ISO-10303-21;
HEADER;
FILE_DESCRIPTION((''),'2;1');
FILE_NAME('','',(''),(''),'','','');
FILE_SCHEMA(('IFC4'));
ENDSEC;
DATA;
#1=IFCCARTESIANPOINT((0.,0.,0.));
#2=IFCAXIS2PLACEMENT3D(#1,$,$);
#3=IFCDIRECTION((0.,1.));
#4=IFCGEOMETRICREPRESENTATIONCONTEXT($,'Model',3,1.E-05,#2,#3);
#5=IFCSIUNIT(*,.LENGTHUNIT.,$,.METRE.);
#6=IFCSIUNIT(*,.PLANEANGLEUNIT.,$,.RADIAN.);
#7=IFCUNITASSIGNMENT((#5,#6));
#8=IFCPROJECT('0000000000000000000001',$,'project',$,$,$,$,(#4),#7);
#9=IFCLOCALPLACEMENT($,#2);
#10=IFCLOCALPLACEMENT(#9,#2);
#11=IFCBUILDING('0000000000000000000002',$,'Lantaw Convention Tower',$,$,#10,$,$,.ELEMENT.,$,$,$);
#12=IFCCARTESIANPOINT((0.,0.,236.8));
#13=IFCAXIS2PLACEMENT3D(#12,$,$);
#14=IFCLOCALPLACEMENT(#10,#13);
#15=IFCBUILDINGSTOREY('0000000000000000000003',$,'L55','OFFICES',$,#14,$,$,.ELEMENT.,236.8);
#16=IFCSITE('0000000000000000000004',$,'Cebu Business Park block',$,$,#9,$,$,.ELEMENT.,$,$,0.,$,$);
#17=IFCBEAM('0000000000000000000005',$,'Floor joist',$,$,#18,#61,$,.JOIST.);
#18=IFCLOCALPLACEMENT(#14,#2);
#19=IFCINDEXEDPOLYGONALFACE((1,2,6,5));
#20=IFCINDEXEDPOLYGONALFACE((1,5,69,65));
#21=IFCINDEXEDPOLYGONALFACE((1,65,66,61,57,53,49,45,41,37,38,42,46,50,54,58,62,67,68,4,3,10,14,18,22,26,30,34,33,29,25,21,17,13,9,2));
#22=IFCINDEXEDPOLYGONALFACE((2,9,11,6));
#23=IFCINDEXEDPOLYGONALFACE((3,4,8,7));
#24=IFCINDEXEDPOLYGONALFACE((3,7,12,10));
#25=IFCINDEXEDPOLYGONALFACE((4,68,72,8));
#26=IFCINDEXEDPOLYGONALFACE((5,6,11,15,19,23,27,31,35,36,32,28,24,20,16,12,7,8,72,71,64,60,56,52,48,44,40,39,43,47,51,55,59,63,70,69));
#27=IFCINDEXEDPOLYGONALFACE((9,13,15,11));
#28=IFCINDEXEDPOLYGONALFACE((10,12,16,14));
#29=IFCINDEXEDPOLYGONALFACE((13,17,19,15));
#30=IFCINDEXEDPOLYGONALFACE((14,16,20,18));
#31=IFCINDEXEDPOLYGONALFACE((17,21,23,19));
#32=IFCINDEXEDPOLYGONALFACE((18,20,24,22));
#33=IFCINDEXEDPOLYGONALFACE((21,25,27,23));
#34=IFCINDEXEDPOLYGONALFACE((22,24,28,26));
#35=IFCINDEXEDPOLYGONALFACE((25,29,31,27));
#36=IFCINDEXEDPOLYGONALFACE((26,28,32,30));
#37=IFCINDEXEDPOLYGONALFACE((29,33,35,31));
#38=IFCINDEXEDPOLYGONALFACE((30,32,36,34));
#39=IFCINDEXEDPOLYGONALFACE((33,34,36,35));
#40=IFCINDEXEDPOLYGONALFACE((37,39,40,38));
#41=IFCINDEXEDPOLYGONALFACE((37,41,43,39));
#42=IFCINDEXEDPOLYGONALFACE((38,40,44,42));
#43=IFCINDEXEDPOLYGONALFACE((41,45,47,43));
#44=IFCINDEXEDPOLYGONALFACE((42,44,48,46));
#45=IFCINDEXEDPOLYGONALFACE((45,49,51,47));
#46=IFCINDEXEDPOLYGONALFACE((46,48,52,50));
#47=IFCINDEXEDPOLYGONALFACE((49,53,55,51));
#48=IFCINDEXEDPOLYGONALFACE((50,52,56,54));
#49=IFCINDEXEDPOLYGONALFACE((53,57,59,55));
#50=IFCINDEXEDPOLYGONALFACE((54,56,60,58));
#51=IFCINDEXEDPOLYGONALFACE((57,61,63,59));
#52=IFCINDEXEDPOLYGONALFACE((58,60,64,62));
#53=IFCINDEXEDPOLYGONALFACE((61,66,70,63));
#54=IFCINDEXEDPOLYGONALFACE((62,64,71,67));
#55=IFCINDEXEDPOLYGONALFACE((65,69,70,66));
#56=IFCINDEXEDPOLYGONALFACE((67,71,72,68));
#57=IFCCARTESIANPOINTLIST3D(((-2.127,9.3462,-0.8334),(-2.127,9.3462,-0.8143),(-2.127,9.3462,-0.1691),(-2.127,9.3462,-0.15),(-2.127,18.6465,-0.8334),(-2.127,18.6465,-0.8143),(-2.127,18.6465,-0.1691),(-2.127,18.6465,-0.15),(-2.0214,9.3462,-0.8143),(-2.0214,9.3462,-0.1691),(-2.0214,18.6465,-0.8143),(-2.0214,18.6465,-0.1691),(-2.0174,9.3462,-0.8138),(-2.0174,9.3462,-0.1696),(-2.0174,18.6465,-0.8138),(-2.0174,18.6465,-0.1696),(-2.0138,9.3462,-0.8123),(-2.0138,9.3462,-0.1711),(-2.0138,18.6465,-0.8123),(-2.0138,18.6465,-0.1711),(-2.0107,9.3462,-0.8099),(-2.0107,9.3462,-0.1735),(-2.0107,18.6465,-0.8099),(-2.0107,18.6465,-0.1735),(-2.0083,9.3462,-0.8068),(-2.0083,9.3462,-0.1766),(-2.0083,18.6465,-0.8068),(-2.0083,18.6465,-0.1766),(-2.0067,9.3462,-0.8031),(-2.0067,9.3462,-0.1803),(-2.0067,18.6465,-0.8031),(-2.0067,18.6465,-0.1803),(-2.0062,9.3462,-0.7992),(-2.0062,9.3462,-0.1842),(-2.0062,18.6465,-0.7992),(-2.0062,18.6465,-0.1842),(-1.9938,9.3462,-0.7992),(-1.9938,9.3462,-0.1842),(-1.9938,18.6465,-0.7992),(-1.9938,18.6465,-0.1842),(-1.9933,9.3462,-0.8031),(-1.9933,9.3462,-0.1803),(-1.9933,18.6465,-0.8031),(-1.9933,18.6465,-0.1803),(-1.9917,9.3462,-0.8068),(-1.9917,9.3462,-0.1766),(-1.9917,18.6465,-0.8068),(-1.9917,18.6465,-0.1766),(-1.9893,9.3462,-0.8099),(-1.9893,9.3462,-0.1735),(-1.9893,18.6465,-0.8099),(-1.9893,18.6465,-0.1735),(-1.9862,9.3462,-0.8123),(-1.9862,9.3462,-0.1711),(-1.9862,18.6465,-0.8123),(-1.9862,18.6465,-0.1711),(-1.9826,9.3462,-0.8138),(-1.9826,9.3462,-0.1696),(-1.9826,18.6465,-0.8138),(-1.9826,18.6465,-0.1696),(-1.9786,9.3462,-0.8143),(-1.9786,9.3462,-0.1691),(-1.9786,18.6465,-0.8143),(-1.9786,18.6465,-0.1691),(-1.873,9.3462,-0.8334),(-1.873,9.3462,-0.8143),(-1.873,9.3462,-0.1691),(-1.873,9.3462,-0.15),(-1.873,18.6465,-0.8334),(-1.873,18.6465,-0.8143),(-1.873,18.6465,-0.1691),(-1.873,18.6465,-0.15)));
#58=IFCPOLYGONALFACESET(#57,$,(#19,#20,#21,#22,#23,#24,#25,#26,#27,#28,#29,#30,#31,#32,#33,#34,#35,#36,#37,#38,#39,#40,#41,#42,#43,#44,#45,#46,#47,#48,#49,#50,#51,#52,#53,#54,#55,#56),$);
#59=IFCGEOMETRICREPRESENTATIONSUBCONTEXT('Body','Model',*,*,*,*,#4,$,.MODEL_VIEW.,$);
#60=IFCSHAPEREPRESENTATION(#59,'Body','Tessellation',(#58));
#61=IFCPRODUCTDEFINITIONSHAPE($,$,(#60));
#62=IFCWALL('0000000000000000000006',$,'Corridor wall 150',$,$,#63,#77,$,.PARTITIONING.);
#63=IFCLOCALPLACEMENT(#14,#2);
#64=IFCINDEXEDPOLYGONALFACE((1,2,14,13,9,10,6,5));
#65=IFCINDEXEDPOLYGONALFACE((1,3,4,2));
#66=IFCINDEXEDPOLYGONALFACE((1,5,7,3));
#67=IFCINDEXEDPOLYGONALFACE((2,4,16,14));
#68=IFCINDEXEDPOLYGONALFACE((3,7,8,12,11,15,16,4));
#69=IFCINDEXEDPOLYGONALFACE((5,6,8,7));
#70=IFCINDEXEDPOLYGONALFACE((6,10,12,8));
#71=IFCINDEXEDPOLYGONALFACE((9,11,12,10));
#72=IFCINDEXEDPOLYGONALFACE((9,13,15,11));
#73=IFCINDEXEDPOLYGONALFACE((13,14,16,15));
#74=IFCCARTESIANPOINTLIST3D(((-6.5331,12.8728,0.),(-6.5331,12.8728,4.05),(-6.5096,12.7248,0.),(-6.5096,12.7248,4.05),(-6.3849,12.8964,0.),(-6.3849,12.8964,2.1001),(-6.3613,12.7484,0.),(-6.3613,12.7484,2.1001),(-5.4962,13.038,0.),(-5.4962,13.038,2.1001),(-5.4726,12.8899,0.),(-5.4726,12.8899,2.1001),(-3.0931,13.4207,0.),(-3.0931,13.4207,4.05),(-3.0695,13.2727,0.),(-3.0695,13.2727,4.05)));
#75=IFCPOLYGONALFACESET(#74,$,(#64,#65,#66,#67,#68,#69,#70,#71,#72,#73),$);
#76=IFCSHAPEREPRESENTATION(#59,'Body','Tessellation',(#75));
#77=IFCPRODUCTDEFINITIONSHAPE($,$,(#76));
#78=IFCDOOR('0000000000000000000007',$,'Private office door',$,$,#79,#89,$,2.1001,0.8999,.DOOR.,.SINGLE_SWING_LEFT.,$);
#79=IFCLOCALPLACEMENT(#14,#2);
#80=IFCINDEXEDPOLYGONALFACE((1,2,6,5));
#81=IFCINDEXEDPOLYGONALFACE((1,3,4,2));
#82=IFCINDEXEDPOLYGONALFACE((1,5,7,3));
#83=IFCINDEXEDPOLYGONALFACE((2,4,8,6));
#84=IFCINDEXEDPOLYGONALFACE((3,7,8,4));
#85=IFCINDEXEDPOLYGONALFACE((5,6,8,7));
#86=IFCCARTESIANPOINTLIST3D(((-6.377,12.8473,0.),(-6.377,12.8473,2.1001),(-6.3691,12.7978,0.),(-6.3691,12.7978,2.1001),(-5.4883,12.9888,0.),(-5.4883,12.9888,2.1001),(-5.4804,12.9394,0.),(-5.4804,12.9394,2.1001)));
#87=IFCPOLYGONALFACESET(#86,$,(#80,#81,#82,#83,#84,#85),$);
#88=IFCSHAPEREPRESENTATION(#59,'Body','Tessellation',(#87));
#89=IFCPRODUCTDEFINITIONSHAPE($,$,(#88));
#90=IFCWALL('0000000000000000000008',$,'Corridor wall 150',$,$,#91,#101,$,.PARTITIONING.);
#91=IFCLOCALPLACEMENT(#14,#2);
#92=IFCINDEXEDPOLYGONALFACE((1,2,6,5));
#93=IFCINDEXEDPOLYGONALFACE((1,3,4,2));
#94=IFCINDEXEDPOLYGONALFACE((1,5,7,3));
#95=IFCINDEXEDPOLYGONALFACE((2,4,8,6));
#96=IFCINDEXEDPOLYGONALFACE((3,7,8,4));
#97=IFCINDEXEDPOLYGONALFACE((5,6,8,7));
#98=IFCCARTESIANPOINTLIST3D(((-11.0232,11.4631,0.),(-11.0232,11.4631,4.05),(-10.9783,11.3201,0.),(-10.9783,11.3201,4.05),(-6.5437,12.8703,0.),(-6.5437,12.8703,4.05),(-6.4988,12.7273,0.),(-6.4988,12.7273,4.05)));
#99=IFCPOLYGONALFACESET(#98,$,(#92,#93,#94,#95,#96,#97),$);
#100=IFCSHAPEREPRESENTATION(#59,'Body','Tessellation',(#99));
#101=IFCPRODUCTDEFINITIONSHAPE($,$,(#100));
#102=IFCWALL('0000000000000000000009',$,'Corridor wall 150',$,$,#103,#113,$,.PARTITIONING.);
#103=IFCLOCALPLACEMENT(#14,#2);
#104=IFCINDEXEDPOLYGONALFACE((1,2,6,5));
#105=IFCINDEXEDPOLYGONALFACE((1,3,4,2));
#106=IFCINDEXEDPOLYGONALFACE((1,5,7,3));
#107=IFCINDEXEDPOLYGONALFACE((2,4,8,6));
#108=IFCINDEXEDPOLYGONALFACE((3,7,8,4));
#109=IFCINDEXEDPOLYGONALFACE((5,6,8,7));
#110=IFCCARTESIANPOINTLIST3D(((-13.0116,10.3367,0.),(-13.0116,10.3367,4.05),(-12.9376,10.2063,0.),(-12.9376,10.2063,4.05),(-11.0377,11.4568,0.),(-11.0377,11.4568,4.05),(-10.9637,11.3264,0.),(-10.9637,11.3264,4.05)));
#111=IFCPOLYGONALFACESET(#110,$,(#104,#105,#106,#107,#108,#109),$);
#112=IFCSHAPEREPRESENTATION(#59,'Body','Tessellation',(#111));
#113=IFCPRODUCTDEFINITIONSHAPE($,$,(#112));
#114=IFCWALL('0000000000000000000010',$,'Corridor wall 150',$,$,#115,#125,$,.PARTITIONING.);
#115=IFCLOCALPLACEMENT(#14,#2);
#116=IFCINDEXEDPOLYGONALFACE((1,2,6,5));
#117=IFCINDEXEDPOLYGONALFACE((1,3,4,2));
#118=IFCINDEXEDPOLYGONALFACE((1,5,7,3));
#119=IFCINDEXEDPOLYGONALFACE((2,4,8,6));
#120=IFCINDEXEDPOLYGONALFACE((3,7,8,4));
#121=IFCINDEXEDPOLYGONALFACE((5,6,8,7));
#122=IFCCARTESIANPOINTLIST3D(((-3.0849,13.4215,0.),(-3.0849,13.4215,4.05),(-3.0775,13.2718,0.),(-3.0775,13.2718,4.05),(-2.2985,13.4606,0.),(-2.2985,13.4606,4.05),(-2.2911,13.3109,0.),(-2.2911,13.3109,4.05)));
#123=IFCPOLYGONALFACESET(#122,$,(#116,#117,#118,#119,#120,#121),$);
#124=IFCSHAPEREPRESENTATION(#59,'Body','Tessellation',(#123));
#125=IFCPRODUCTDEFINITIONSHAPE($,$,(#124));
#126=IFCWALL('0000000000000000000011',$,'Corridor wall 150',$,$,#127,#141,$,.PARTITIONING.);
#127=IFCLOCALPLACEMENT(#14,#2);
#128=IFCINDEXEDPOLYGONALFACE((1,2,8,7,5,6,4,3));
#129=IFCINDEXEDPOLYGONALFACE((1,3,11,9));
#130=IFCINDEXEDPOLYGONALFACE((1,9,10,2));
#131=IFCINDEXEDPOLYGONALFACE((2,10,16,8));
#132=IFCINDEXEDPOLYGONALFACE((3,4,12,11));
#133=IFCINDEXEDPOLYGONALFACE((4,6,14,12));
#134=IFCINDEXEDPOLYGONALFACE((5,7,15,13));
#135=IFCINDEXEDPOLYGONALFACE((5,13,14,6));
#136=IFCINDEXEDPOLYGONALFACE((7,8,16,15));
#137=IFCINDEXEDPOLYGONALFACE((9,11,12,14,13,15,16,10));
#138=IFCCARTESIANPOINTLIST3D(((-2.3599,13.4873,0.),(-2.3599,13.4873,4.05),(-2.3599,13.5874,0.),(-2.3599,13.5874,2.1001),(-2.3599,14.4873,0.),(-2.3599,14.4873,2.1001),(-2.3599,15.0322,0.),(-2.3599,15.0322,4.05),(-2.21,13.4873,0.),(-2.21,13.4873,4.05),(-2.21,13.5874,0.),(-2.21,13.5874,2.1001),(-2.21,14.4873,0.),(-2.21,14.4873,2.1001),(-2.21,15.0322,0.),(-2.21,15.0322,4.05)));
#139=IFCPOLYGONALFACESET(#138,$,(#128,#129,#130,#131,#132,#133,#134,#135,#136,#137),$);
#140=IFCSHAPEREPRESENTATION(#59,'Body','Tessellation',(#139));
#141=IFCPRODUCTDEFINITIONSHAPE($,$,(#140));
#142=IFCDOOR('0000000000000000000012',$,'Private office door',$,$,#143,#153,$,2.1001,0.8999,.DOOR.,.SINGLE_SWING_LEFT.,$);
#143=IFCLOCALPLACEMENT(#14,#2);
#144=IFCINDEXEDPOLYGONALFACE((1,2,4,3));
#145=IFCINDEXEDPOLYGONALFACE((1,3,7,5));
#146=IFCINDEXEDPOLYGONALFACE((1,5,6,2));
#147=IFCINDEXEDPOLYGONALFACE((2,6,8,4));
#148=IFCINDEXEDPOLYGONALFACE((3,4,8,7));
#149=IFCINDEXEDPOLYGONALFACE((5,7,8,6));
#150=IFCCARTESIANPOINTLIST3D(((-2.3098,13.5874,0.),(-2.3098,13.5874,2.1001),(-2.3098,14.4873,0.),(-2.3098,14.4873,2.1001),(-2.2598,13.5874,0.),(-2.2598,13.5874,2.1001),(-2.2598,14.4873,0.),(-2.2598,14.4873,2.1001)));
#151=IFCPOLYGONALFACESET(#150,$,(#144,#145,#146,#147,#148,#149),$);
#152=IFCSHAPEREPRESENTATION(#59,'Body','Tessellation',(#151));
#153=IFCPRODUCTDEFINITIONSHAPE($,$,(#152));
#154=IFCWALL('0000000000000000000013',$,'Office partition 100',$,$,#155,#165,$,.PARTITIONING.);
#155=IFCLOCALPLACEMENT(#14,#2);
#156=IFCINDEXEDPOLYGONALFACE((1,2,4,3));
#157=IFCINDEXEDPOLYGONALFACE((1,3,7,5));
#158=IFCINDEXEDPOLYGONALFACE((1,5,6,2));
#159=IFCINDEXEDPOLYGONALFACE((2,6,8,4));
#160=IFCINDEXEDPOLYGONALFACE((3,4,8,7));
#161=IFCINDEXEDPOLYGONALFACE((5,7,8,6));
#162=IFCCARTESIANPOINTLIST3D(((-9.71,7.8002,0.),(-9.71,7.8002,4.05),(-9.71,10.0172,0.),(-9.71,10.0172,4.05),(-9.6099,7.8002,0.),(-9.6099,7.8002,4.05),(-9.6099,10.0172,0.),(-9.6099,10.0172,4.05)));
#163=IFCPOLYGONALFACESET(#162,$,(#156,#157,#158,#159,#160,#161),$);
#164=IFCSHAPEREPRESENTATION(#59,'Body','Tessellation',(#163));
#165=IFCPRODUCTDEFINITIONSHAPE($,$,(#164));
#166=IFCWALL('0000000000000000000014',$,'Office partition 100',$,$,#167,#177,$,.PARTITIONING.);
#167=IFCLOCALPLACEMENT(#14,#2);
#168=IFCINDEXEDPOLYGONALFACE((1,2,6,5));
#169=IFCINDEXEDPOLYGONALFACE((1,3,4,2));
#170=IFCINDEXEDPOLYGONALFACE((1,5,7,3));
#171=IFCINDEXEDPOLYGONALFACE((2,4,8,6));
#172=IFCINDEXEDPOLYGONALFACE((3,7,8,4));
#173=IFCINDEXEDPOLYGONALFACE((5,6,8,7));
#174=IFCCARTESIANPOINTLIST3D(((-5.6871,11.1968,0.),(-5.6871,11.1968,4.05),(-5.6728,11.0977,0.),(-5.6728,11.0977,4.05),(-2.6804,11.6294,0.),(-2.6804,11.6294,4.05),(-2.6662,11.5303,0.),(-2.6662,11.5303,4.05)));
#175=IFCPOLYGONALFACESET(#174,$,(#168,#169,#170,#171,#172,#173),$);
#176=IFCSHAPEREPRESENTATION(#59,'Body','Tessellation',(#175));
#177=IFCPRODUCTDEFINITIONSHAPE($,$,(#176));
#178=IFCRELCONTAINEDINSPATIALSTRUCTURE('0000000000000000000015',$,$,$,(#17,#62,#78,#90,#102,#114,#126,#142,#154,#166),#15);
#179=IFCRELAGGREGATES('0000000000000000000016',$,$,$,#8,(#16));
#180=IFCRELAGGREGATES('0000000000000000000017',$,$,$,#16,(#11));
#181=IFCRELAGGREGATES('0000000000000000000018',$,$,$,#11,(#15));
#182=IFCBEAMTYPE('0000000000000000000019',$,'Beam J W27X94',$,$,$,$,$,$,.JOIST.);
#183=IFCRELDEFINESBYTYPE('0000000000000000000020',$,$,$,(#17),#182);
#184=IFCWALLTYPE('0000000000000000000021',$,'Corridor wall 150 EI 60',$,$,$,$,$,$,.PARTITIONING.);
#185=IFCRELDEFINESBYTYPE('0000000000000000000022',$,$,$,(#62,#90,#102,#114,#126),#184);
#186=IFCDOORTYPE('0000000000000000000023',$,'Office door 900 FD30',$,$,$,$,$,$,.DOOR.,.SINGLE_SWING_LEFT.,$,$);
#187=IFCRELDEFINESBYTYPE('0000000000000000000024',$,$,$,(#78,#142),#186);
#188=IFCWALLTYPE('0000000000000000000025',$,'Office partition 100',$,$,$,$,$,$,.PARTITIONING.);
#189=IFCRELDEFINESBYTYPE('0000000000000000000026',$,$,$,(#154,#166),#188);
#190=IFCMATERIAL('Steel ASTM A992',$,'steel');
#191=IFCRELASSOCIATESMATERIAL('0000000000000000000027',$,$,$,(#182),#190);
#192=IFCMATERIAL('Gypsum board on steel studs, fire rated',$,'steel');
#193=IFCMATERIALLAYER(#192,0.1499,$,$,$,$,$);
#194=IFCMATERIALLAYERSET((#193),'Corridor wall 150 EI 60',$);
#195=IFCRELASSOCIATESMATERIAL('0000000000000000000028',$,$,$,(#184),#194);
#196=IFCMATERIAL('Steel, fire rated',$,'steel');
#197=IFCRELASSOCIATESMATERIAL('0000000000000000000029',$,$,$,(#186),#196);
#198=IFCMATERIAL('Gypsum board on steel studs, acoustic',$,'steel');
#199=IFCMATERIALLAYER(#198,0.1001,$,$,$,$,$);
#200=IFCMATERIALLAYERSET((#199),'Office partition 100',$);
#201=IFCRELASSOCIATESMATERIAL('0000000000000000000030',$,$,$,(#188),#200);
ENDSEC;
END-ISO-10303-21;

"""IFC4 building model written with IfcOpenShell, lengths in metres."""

from ifc_helpers import new_model, si_unit, direction, frame, frame_2d, origin, origin_2d, place, context, subcontext, project, spatial, rectangle, i_section, extrude, material, layer, layer_set, material_profile, profile_set, type_object, element, fill, save


model = new_model("IFC4")

# Units and contexts
model_context = context("Model", 3, precision=1e-05, world=origin(), true_north=direction((0.0, 1.0)))
body_context = subcontext(model_context, "Body", "Model", "MODEL_VIEW")
ifc_project = project(units=[si_unit("LENGTHUNIT", "METRE"), si_unit("PLANEANGLEUNIT", "RADIAN")], contexts=[model_context])

# Site, building, storey
site_placement = place(None, origin())
site = spatial("IfcSite", under=ifc_project, at=site_placement, Name="Cebu Business Park block", CompositionType="ELEMENT", RefElevation=0.0)
building_placement = place(site_placement, origin())
building = spatial("IfcBuilding", under=site, at=building_placement, Name="Lantaw Convention Tower", CompositionType="ELEMENT")
storey_placement = place(building_placement, frame((0.0, 0.0, 236.8)))
storey = spatial("IfcBuildingStorey", under=building, at=storey_placement, Name="L55", Description="OFFICES", CompositionType="ELEMENT", Elevation=236.8)

# Beam
ifc_material_1 = material(Name="Steel ASTM A992", Category="steel")
ifc_material_profile_1 = material_profile(ifc_material_1, i_section(OverallWidth=0.2539, OverallDepth=0.6833, WebThickness=0.0125, FlangeThickness=0.019, FilletRadius=0.0151, at=origin_2d()), Name="W27X94")
ifc_profile_set_1 = profile_set([ifc_material_profile_1], Name="Steel ASTM A992")
beam_type_1 = type_object("IfcBeamType", Name="Beam J W27X94", PredefinedType="JOIST", material=ifc_profile_set_1)
beam_1_placement = place(storey_placement, frame((-2.0, 9.3462, -0.4917), z_axis=(0.0, 1.0, 0.0), x_axis=(-1.0, 0.0, 0.0)))
element("IfcBeam", 1, at=beam_1_placement, inside=storey, type_object=beam_type_1, Name="Floor joist", PredefinedType="JOIST", context=body_context, shape_type="SweptSolid", body=[
    extrude(i_section(OverallWidth=0.2539, OverallDepth=0.6833, WebThickness=0.0125, FlangeThickness=0.019, FilletRadius=0.0151, at=origin_2d()), origin(), (0.0, 0.0, 1.0), 9.3003),
])

# Wall, opening, door
ifc_material_2 = material(Name="Gypsum board on steel studs, fire rated", Category="steel")
ifc_layer_1 = layer(ifc_material_2, 0.1499)
ifc_layer_set_1 = layer_set([ifc_layer_1], Name="Corridor wall 150 EI 60")
wall_type_1 = type_object("IfcWallType", Name="Corridor wall 150 EI 60", PredefinedType="PARTITIONING", material=ifc_layer_set_1)
wall_1_placement = place(storey_placement, frame((-3.0813, 13.3467, 0.0), z_axis=(0.0, 0.0, 1.0), x_axis=(-0.987554, -0.15728, 0.0)))
wall_1 = element("IfcWall", 2, at=wall_1_placement, inside=storey, type_object=wall_type_1, Name="Corridor wall 150", PredefinedType="PARTITIONING", context=body_context, shape_type="SweptSolid", body=[
    extrude(rectangle(XDim=3.4834, YDim=0.1499, at=frame_2d((1.7417, 0.0))), origin(), (0.0, 0.0, 1.0), 4.05),
])
opening_1_placement = place(wall_1_placement, frame((2.4333, 0.0, 0.0)))
opening_1 = element("IfcOpeningElement", 3, at=opening_1_placement, cuts=wall_1, PredefinedType="OPENING", context=body_context, shape_type="SweptSolid", body=[
    extrude(rectangle(XDim=0.8999, YDim=2.1001, at=frame_2d((0.45, 1.05))), frame((0.0, 0.085, 0.0), z_axis=(0.0, -1.0, 0.0), x_axis=(1.0, 0.0, 0.0)), (0.0, 0.0, 1.0), 0.1699),
])
ifc_material_3 = material(Name="Steel, fire rated", Category="steel")
door_type_1 = type_object("IfcDoorType", Name="Office door 900 FD30", OperationType="SINGLE_SWING_LEFT", PredefinedType="DOOR", material=ifc_material_3)
door_1_placement = place(opening_1_placement, origin())
door_1 = element("IfcDoor", 4, at=door_1_placement, inside=storey, type_object=door_type_1, Name="Private office door", OperationType="SINGLE_SWING_LEFT", OverallHeight=2.1001, OverallWidth=0.8999, PredefinedType="DOOR", context=body_context, shape_type="SweptSolid", body=[
    extrude(rectangle(XDim=0.8999, YDim=2.1001, at=frame_2d((0.45, 1.05))), frame((0.0, 0.0249, 0.0), z_axis=(0.0, -1.0, 0.0), x_axis=(1.0, 0.0, 0.0)), (0.0, 0.0, 1.0), 0.05),
])
fill(opening_1, door_1)

# Walls
wall_2_placement = place(storey_placement, frame((-6.5212, 12.7988, 0.0), z_axis=(0.0, 0.0, 1.0), x_axis=(-0.954031, -0.299708, 0.0)))
element("IfcWall", 5, at=wall_2_placement, inside=storey, type_object=wall_type_1, Name="Corridor wall 150", PredefinedType="PARTITIONING", context=body_context, shape_type="SweptSolid", body=[
    extrude(rectangle(XDim=4.6953, YDim=0.1499, at=frame_2d((2.3477, 0.0))), origin(), (0.0, 0.0, 1.0), 4.05),
])
wall_3_placement = place(storey_placement, frame((-11.0007, 11.3916, 0.0), z_axis=(0.0, 0.0, 1.0), x_axis=(-0.869722, -0.493542, 0.0)))
element("IfcWall", 6, at=wall_3_placement, inside=storey, type_object=wall_type_1, Name="Corridor wall 150", PredefinedType="PARTITIONING", context=body_context, shape_type="SweptSolid", body=[
    extrude(rectangle(XDim=2.2695, YDim=0.1499, at=frame_2d((1.1348, 0.0))), origin(), (0.0, 0.0, 1.0), 4.05),
])
wall_4_placement = place(storey_placement, frame((-2.2949, 13.3857, 0.0), z_axis=(0.0, 0.0, 1.0), x_axis=(-0.998769, -0.049613, 0.0)))
element("IfcWall", 7, at=wall_4_placement, inside=storey, type_object=wall_type_1, Name="Corridor wall 150", PredefinedType="PARTITIONING", context=body_context, shape_type="SweptSolid", body=[
    extrude(rectangle(XDim=0.7874, YDim=0.1499, at=frame_2d((0.3936, 0.0))), origin(), (0.0, 0.0, 1.0), 4.05),
])

# Wall, opening, door
wall_5_placement = place(storey_placement, frame((-2.2849, 13.4873, 0.0), z_axis=(0.0, 0.0, 1.0), x_axis=(0.0, 1.0, 0.0)))
wall_5 = element("IfcWall", 8, at=wall_5_placement, inside=storey, type_object=wall_type_1, Name="Corridor wall 150", PredefinedType="PARTITIONING", context=body_context, shape_type="SweptSolid", body=[
    extrude(rectangle(XDim=1.5449, YDim=0.1499, at=frame_2d((0.7725, 0.0))), origin(), (0.0, 0.0, 1.0), 4.05),
])
opening_2_placement = place(wall_5_placement, frame((0.1001, 0.0, 0.0)))
opening_2 = element("IfcOpeningElement", 9, at=opening_2_placement, cuts=wall_5, PredefinedType="OPENING", context=body_context, shape_type="SweptSolid", body=[
    extrude(rectangle(XDim=0.8999, YDim=2.1001, at=frame_2d((0.45, 1.05))), frame((0.0, 0.085, 0.0), z_axis=(0.0, -1.0, 0.0), x_axis=(1.0, 0.0, 0.0)), (0.0, 0.0, 1.0), 0.1699),
])
door_2_placement = place(opening_2_placement, origin())
door_2 = element("IfcDoor", 10, at=door_2_placement, inside=storey, type_object=door_type_1, Name="Private office door", OperationType="SINGLE_SWING_LEFT", OverallHeight=2.1001, OverallWidth=0.8999, PredefinedType="DOOR", context=body_context, shape_type="SweptSolid", body=[
    extrude(rectangle(XDim=0.8999, YDim=2.1001, at=frame_2d((0.45, 1.05))), frame((0.0, 0.0249, 0.0), z_axis=(0.0, -1.0, 0.0), x_axis=(1.0, 0.0, 0.0)), (0.0, 0.0, 1.0), 0.05),
])
fill(opening_2, door_2)

# Walls
ifc_material_4 = material(Name="Gypsum board on steel studs, acoustic", Category="steel")
ifc_layer_2 = layer(ifc_material_4, 0.1001)
ifc_layer_set_2 = layer_set([ifc_layer_2], Name="Office partition 100")
wall_type_2 = type_object("IfcWallType", Name="Office partition 100", PredefinedType="PARTITIONING", material=ifc_layer_set_2)
wall_6_placement = place(storey_placement, frame((-9.6599, 10.0171, 0.0), z_axis=(0.0, 0.0, 1.0), x_axis=(0.0, -1.0, 0.0)))
element("IfcWall", 11, at=wall_6_placement, inside=storey, type_object=wall_type_2, Name="Office partition 100", PredefinedType="PARTITIONING", context=body_context, shape_type="SweptSolid", body=[
    extrude(rectangle(XDim=2.217, YDim=0.1001, at=frame_2d((1.1084, 0.0))), origin(), (0.0, 0.0, 1.0), 4.05),
])
wall_7_placement = place(storey_placement, frame((-5.6799, 11.1472, 0.0), z_axis=(0.0, 0.0, 1.0), x_axis=(0.989806, 0.142423, 0.0)))
element("IfcWall", 12, at=wall_7_placement, inside=storey, type_object=wall_type_2, Name="Office partition 100", PredefinedType="PARTITIONING", context=body_context, shape_type="SweptSolid", body=[
    extrude(rectangle(XDim=3.0376, YDim=0.1001, at=frame_2d((1.5188, 0.0))), origin(), (0.0, 0.0, 1.0), 4.05),
])

save(model, "model.ifc")
